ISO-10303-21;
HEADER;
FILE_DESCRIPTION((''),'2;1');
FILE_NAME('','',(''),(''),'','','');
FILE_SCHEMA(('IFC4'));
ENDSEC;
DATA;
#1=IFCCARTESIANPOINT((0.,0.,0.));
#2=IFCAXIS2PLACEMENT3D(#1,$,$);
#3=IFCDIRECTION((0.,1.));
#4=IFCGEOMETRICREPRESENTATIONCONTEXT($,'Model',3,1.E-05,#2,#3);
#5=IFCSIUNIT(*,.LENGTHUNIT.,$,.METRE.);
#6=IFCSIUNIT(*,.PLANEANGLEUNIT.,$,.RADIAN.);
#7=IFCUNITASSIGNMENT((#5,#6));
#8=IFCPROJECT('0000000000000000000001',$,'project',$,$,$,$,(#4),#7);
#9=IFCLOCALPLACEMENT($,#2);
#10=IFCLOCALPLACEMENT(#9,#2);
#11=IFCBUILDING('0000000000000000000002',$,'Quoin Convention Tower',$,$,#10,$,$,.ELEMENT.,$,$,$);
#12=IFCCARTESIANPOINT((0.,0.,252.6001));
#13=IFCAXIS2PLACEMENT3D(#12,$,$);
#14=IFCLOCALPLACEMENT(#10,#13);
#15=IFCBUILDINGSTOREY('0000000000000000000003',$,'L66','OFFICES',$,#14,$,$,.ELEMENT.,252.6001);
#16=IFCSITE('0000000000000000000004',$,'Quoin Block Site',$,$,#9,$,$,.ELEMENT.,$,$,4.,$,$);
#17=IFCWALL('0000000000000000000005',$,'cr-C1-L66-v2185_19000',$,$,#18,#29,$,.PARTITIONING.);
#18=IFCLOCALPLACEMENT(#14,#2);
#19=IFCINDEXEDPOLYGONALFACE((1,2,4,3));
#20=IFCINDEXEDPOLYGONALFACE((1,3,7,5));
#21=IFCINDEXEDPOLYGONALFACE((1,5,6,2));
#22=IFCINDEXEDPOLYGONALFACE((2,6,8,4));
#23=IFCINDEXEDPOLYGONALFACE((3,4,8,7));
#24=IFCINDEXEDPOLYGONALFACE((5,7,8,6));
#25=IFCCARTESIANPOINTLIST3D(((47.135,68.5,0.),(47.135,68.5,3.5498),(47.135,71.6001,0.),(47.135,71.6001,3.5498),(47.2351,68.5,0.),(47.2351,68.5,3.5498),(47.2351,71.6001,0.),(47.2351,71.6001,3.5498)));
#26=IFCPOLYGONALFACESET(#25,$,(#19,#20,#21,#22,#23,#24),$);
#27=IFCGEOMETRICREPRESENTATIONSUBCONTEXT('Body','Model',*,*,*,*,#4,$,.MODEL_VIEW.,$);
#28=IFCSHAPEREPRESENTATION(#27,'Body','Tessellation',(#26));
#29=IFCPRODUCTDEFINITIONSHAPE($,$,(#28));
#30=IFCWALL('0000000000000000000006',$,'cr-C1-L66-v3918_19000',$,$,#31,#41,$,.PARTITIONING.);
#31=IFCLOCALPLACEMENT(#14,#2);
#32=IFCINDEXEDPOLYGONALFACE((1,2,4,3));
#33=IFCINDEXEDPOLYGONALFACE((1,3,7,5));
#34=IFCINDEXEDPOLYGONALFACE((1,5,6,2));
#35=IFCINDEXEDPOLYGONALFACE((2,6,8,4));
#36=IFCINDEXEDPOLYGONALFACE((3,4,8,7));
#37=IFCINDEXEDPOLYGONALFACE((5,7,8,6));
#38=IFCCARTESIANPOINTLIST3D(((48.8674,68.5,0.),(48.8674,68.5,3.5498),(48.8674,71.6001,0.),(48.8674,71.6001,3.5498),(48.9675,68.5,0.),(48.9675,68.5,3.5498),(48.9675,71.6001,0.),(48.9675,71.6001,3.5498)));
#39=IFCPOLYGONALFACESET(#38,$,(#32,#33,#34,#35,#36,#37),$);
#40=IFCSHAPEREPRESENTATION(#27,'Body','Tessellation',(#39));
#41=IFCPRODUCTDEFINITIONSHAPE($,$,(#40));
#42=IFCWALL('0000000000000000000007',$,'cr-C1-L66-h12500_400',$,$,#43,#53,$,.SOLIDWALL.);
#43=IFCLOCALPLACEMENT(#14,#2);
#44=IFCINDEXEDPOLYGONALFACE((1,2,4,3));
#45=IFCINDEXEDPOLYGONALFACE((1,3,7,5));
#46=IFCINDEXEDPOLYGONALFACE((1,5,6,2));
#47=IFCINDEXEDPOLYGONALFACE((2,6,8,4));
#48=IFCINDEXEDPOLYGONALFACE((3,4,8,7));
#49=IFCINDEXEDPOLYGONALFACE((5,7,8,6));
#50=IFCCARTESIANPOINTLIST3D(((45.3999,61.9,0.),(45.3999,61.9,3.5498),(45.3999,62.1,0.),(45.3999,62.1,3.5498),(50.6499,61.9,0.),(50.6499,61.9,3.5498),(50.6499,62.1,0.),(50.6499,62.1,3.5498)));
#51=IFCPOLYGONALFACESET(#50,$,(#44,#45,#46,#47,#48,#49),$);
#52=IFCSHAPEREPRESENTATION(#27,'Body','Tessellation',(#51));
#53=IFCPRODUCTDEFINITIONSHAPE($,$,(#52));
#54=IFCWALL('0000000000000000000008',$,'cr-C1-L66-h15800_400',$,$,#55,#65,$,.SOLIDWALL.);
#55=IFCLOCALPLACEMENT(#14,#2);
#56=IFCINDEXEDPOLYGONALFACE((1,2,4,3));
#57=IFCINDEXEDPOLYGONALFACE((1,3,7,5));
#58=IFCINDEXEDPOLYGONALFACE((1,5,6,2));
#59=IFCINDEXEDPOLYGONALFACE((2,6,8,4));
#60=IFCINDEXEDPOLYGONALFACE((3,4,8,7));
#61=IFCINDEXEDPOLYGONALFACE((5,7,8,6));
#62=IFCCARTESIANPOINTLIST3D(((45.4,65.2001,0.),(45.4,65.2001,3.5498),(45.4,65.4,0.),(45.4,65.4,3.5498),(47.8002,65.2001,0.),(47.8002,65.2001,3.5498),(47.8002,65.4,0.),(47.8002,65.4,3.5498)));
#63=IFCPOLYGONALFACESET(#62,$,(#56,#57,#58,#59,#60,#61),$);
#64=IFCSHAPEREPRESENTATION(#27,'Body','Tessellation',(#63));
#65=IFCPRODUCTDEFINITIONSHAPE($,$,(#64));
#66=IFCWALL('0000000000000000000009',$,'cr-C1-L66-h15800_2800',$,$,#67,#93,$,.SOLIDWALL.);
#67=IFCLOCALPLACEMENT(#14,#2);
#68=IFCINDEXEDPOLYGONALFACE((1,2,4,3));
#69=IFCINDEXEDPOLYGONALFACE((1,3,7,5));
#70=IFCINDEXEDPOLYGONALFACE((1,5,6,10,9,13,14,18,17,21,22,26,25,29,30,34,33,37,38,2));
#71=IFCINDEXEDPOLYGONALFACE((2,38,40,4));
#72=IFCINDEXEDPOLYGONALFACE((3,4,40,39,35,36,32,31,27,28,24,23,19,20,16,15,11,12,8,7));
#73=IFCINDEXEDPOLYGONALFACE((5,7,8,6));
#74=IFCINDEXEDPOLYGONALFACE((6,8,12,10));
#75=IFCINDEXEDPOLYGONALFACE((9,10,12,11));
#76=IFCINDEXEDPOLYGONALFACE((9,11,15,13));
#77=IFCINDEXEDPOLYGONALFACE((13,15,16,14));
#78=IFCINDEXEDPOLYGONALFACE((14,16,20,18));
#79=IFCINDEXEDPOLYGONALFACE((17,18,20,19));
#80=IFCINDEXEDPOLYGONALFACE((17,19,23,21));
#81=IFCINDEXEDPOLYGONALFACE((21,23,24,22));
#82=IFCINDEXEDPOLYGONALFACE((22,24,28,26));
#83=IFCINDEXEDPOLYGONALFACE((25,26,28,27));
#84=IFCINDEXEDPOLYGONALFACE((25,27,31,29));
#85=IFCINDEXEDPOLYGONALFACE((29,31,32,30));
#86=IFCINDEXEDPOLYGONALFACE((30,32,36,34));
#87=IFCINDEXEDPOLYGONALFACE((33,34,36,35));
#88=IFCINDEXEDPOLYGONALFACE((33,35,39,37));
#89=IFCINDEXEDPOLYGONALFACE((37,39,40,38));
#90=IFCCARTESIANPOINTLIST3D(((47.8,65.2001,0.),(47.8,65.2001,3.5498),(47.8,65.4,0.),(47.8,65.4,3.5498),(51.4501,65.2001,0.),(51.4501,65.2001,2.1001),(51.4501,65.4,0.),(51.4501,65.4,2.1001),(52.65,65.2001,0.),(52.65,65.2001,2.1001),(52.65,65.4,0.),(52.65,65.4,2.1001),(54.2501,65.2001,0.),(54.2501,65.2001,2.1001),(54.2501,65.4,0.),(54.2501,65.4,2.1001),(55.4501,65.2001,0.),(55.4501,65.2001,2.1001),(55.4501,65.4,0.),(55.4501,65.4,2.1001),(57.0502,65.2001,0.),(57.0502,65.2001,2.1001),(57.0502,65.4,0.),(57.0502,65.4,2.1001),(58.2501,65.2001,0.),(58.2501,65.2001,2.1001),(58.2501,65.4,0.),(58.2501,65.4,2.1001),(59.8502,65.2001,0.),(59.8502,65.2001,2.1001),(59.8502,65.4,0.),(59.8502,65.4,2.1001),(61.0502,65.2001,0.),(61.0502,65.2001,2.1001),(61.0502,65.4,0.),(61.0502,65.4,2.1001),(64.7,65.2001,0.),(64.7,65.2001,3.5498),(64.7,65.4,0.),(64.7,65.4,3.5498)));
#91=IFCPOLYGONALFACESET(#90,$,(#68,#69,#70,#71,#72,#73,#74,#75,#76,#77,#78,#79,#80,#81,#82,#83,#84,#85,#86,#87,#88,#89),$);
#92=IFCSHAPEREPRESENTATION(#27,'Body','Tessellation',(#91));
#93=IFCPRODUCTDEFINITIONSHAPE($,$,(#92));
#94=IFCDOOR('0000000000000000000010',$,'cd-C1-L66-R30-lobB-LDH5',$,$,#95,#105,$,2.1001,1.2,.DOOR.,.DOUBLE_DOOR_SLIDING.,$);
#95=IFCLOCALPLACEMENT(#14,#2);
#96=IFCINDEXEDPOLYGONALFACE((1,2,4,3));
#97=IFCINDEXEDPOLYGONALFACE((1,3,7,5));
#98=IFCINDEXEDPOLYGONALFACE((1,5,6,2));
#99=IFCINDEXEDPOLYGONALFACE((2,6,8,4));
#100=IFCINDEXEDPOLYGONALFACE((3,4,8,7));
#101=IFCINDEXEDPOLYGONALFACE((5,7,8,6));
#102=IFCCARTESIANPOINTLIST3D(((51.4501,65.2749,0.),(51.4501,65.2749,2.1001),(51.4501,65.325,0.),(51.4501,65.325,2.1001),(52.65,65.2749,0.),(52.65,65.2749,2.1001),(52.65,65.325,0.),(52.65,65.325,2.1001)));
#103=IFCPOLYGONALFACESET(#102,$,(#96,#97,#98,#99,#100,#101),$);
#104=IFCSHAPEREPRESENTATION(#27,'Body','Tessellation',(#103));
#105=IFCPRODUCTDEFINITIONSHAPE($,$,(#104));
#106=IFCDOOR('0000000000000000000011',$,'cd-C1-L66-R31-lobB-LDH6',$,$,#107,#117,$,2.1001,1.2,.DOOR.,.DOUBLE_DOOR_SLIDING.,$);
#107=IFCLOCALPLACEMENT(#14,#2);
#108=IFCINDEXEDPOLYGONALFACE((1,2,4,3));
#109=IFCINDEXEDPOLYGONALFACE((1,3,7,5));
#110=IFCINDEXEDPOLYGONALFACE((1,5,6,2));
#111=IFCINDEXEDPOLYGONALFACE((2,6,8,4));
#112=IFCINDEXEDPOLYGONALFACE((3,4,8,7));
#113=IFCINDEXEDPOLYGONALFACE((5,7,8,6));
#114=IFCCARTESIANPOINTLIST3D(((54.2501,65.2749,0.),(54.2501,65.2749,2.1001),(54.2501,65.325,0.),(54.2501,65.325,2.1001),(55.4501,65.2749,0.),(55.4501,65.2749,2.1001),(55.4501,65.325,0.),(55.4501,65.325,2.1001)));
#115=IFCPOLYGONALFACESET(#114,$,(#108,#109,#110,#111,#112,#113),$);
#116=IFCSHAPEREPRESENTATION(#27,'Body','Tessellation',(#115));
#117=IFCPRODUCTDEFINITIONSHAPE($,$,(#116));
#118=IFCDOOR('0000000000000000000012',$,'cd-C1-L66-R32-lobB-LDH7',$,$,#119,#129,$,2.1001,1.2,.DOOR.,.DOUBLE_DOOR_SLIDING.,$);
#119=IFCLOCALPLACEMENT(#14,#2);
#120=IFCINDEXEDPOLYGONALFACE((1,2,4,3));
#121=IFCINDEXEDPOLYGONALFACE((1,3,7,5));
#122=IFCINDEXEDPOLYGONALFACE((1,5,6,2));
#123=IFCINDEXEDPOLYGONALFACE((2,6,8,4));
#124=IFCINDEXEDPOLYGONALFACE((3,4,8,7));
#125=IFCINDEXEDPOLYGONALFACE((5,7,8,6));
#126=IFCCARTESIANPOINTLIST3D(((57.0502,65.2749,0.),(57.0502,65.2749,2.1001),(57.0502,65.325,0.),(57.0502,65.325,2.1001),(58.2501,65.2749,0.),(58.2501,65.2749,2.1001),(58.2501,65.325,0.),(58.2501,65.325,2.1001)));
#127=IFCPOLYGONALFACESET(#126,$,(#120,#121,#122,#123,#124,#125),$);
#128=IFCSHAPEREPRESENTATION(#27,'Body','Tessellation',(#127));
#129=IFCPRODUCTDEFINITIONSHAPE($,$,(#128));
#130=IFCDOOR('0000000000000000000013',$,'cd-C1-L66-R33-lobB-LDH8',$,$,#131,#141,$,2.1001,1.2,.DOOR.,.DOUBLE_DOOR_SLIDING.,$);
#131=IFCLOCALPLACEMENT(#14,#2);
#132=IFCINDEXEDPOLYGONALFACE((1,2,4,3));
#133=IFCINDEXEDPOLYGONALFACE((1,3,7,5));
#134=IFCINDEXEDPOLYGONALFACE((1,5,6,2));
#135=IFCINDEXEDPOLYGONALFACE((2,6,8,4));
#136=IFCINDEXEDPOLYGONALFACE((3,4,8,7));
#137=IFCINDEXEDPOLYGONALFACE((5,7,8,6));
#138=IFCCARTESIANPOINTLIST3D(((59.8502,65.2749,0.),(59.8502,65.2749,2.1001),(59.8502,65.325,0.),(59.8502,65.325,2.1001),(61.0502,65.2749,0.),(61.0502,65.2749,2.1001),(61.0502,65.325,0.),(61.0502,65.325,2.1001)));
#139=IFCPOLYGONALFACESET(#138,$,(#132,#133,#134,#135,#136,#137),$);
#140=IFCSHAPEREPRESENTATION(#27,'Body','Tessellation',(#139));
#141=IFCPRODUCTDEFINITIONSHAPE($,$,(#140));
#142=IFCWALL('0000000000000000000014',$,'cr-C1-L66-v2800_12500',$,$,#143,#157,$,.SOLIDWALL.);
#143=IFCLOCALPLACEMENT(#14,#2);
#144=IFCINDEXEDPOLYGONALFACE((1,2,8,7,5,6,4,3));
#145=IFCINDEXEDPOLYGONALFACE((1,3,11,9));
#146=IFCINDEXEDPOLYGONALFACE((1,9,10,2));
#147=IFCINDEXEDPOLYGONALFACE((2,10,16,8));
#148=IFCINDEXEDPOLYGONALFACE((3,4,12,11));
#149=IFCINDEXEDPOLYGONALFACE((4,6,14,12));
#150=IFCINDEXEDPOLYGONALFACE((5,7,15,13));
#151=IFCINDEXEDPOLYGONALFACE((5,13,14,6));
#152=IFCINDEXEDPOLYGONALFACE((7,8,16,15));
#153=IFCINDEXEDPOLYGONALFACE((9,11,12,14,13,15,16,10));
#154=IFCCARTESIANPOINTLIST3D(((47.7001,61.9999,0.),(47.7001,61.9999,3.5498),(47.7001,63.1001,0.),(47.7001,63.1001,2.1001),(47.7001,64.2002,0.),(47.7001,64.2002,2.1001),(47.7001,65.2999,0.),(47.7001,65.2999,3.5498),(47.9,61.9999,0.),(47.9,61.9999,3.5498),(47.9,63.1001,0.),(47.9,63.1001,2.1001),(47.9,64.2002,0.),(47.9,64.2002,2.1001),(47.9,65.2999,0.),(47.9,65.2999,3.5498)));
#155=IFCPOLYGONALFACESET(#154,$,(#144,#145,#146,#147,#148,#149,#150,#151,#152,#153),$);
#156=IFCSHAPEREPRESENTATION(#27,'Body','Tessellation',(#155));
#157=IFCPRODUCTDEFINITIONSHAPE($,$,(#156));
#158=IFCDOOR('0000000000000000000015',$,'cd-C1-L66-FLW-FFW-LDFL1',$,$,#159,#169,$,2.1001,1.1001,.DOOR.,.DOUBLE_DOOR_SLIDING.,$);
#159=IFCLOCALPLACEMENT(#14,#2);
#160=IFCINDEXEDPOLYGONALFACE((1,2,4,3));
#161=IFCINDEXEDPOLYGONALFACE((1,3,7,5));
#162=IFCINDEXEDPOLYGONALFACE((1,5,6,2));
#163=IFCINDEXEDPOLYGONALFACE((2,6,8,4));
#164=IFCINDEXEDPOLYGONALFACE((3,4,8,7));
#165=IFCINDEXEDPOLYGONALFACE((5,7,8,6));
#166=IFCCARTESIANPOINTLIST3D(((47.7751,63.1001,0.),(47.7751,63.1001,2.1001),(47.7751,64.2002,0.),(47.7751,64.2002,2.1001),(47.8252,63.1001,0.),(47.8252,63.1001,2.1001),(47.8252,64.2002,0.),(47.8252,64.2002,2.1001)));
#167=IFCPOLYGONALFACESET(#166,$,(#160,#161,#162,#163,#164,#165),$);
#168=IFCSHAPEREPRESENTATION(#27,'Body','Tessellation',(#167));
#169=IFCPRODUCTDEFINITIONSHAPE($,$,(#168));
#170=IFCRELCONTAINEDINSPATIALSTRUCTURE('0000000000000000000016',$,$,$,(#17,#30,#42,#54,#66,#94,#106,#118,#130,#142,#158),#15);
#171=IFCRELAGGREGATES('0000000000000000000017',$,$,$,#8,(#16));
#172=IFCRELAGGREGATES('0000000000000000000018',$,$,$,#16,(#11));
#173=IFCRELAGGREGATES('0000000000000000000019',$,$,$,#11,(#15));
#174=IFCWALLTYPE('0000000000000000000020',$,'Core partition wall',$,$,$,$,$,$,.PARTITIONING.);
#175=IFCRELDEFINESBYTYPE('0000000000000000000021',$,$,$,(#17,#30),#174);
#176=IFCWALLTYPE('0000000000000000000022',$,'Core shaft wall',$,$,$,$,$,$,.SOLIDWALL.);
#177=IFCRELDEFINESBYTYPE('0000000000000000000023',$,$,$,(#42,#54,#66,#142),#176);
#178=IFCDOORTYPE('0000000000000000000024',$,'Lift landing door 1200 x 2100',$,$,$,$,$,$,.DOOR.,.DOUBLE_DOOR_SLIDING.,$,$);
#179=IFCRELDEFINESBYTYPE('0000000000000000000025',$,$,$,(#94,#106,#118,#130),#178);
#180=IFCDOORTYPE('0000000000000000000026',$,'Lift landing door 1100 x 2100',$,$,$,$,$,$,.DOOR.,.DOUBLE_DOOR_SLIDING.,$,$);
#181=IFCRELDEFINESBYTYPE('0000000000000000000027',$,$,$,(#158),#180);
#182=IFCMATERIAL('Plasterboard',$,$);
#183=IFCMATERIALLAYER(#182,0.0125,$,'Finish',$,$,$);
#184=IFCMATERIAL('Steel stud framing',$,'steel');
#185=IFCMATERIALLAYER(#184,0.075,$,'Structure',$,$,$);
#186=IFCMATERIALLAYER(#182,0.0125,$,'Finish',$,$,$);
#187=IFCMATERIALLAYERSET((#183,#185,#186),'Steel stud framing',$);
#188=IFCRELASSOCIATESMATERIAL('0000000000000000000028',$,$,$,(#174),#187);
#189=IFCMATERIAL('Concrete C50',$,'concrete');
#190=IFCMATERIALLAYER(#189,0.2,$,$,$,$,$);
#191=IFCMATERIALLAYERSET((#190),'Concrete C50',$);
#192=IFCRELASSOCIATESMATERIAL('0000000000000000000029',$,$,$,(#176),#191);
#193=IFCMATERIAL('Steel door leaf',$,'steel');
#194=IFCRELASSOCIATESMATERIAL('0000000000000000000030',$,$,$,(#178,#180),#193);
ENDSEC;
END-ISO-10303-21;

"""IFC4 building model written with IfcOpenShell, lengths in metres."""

from ifc_helpers import new_model, si_unit, direction, frame, frame_2d, origin, place, context, subcontext, project, spatial, rectangle, extrude, material, layer, layer_set, type_object, element, fill, save


model = new_model("IFC4")

# Units and contexts
model_context = context("Model", 3, precision=1e-05, world=origin(), true_north=direction((0.0, 1.0)))
body_context = subcontext(model_context, "Body", "Model", "MODEL_VIEW")
ifc_project = project(units=[si_unit("LENGTHUNIT", "METRE"), si_unit("PLANEANGLEUNIT", "RADIAN")], contexts=[model_context])

# Site, building, storey
site_placement = place(None, origin())
site = spatial("IfcSite", under=ifc_project, at=site_placement, Name="Quoin Block Site", CompositionType="ELEMENT", RefElevation=4.0)
building_placement = place(site_placement, origin())
building = spatial("IfcBuilding", under=site, at=building_placement, Name="Quoin Convention Tower", CompositionType="ELEMENT")
storey_placement = place(building_placement, frame((0.0, 0.0, 252.6001)))
storey = spatial("IfcBuildingStorey", under=building, at=storey_placement, Name="L66", Description="OFFICES", CompositionType="ELEMENT", Elevation=252.6001)

# Shared definitions
ifc_material_1 = material(Name="Plasterboard")
ifc_layer_1 = layer(ifc_material_1, 0.0125, Name="Finish")
ifc_material_2 = material(Name="Steel stud framing", Category="steel")
ifc_layer_2 = layer(ifc_material_2, 0.075, Name="Structure")
ifc_layer_3 = layer(ifc_material_1, 0.0125, Name="Finish")
ifc_layer_set_1 = layer_set([ifc_layer_1, ifc_layer_2, ifc_layer_3], Name="Steel stud framing")
wall_type_1 = type_object("IfcWallType", Name="Core partition wall", PredefinedType="PARTITIONING", material=ifc_layer_set_1)
ifc_material_3 = material(Name="Steel door leaf", Category="steel")

# Walls
for number, where, z_axis, x_axis, name in (
    (1, (47.1851, 68.5, 0.0), (0.0, 0.0, 1.0), (0.0, 1.0, 0.0), "cr-C1-L66-v2185_19000"),
    (2, (48.9175, 68.5, 0.0), (0.0, 0.0, 1.0), (0.0, 1.0, 0.0), "cr-C1-L66-v3918_19000"),
):
    element("IfcWall", number, at=place(storey_placement, frame(where, z_axis=z_axis, x_axis=x_axis)), inside=storey, type_object=wall_type_1, Name=name, PredefinedType="PARTITIONING", context=body_context, shape_type="SweptSolid", body=[
        extrude(rectangle(XDim=3.1001, YDim=0.1001, at=frame_2d((1.55, 0.0))), origin(), (0.0, 0.0, 1.0), 3.5498),
    ])
ifc_material_4 = material(Name="Concrete C50", Category="concrete")
ifc_layer_4 = layer(ifc_material_4, 0.2)
ifc_layer_set_2 = layer_set([ifc_layer_4], Name="Concrete C50")
wall_type_2 = type_object("IfcWallType", Name="Core shaft wall", PredefinedType="SOLIDWALL", material=ifc_layer_set_2)
wall_1_placement = place(storey_placement, frame((45.3999, 62.0, 0.0), z_axis=(0.0, 0.0, 1.0), x_axis=(1.0, 0.0, 0.0)))
element("IfcWall", 3, at=wall_1_placement, inside=storey, type_object=wall_type_2, Name="cr-C1-L66-h12500_400", PredefinedType="SOLIDWALL", context=body_context, shape_type="SweptSolid", body=[
    extrude(rectangle(XDim=5.25, YDim=0.2, at=frame_2d((2.625, 0.0))), origin(), (0.0, 0.0, 1.0), 3.5498),
])
wall_2_placement = place(storey_placement, frame((45.3999, 65.3, 0.0), z_axis=(0.0, 0.0, 1.0), x_axis=(1.0, 0.0, 0.0)))
element("IfcWall", 4, at=wall_2_placement, inside=storey, type_object=wall_type_2, Name="cr-C1-L66-h15800_400", PredefinedType="SOLIDWALL", context=body_context, shape_type="SweptSolid", body=[
    extrude(rectangle(XDim=2.4001, YDim=0.2, at=frame_2d((1.2002, 0.0))), origin(), (0.0, 0.0, 1.0), 3.5498),
])

# Wall, openings, doors
wall_3_placement = place(storey_placement, frame((47.8, 65.3, 0.0), z_axis=(0.0, 0.0, 1.0), x_axis=(1.0, 0.0, 0.0)))
wall_3 = element("IfcWall", 5, at=wall_3_placement, inside=storey, type_object=wall_type_2, Name="cr-C1-L66-h15800_2800", PredefinedType="SOLIDWALL", context=body_context, shape_type="SweptSolid", body=[
    extrude(rectangle(XDim=16.8999, YDim=0.2, at=frame_2d((8.45, 0.0))), origin(), (0.0, 0.0, 1.0), 3.5498),
])
opening_1_placement = place(wall_3_placement, frame((3.6499, 0.0, 0.0)))
opening_1 = element("IfcOpeningElement", 6, at=opening_1_placement, cuts=wall_3, PredefinedType="OPENING", context=body_context, shape_type="SweptSolid", body=[
    extrude(rectangle(XDim=1.2, YDim=2.1001, at=frame_2d((0.6001, 1.05))), frame((0.0, 0.1099, 0.0), z_axis=(0.0, -1.0, 0.0), x_axis=(1.0, 0.0, 0.0)), (0.0, 0.0, 1.0), 0.22),
])
opening_2_placement = place(wall_3_placement, frame((6.45, 0.0, 0.0)))
opening_2 = element("IfcOpeningElement", 7, at=opening_2_placement, cuts=wall_3, PredefinedType="OPENING", context=body_context, shape_type="SweptSolid", body=[
    extrude(rectangle(XDim=1.2, YDim=2.1001, at=frame_2d((0.6001, 1.05))), frame((0.0, 0.1099, 0.0), z_axis=(0.0, -1.0, 0.0), x_axis=(1.0, 0.0, 0.0)), (0.0, 0.0, 1.0), 0.22),
])
opening_3_placement = place(wall_3_placement, frame((9.25, 0.0, 0.0)))
opening_3 = element("IfcOpeningElement", 8, at=opening_3_placement, cuts=wall_3, PredefinedType="OPENING", context=body_context, shape_type="SweptSolid", body=[
    extrude(rectangle(XDim=1.2, YDim=2.1001, at=frame_2d((0.6001, 1.05))), frame((0.0, 0.1099, 0.0), z_axis=(0.0, -1.0, 0.0), x_axis=(1.0, 0.0, 0.0)), (0.0, 0.0, 1.0), 0.22),
])
opening_4_placement = place(wall_3_placement, frame((12.05, 0.0, 0.0)))
opening_4 = element("IfcOpeningElement", 9, at=opening_4_placement, cuts=wall_3, PredefinedType="OPENING", context=body_context, shape_type="SweptSolid", body=[
    extrude(rectangle(XDim=1.2, YDim=2.1001, at=frame_2d((0.6001, 1.05))), frame((0.0, 0.1099, 0.0), z_axis=(0.0, -1.0, 0.0), x_axis=(1.0, 0.0, 0.0)), (0.0, 0.0, 1.0), 0.22),
])
door_type_1 = type_object("IfcDoorType", Name="Lift landing door 1200 x 2100", OperationType="DOUBLE_DOOR_SLIDING", PredefinedType="DOOR", material=ifc_material_3)
door_1_placement = place(opening_1_placement, origin())
door_1 = element("IfcDoor", 10, at=door_1_placement, inside=storey, type_object=door_type_1, Name="cd-C1-L66-R30-lobB-LDH5", OperationType="DOUBLE_DOOR_SLIDING", OverallHeight=2.1001, OverallWidth=1.2, PredefinedType="DOOR", context=body_context, shape_type="SweptSolid", body=[
    extrude(rectangle(XDim=1.2, YDim=2.1001, at=frame_2d((0.6001, 1.05))), frame((0.0, 0.0249, 0.0), z_axis=(0.0, -1.0, 0.0), x_axis=(1.0, 0.0, 0.0)), (0.0, 0.0, 1.0), 0.05),
])
fill(opening_1, door_1)
door_2_placement = place(opening_2_placement, origin())
door_2 = element("IfcDoor", 11, at=door_2_placement, inside=storey, type_object=door_type_1, Name="cd-C1-L66-R31-lobB-LDH6", OperationType="DOUBLE_DOOR_SLIDING", OverallHeight=2.1001, OverallWidth=1.2, PredefinedType="DOOR", context=body_context, shape_type="SweptSolid", body=[
    extrude(rectangle(XDim=1.2, YDim=2.1001, at=frame_2d((0.6001, 1.05))), frame((0.0, 0.0249, 0.0), z_axis=(0.0, -1.0, 0.0), x_axis=(1.0, 0.0, 0.0)), (0.0, 0.0, 1.0), 0.05),
])
fill(opening_2, door_2)
door_3_placement = place(opening_3_placement, origin())
door_3 = element("IfcDoor", 12, at=door_3_placement, inside=storey, type_object=door_type_1, Name="cd-C1-L66-R32-lobB-LDH7", OperationType="DOUBLE_DOOR_SLIDING", OverallHeight=2.1001, OverallWidth=1.2, PredefinedType="DOOR", context=body_context, shape_type="SweptSolid", body=[
    extrude(rectangle(XDim=1.2, YDim=2.1001, at=frame_2d((0.6001, 1.05))), frame((0.0, 0.0249, 0.0), z_axis=(0.0, -1.0, 0.0), x_axis=(1.0, 0.0, 0.0)), (0.0, 0.0, 1.0), 0.05),
])
fill(opening_3, door_3)
door_4_placement = place(opening_4_placement, origin())
door_4 = element("IfcDoor", 13, at=door_4_placement, inside=storey, type_object=door_type_1, Name="cd-C1-L66-R33-lobB-LDH8", OperationType="DOUBLE_DOOR_SLIDING", OverallHeight=2.1001, OverallWidth=1.2, PredefinedType="DOOR", context=body_context, shape_type="SweptSolid", body=[
    extrude(rectangle(XDim=1.2, YDim=2.1001, at=frame_2d((0.6001, 1.05))), frame((0.0, 0.0249, 0.0), z_axis=(0.0, -1.0, 0.0), x_axis=(1.0, 0.0, 0.0)), (0.0, 0.0, 1.0), 0.05),
])
fill(opening_4, door_4)

# Wall, opening, door
wall_4_placement = place(storey_placement, frame((47.8, 62.0, 0.0), z_axis=(0.0, 0.0, 1.0), x_axis=(0.0, 1.0, 0.0)))
wall_4 = element("IfcWall", 14, at=wall_4_placement, inside=storey, type_object=wall_type_2, Name="cr-C1-L66-v2800_12500", PredefinedType="SOLIDWALL", context=body_context, shape_type="SweptSolid", body=[
    extrude(rectangle(XDim=3.3, YDim=0.2, at=frame_2d((1.6499, 0.0))), origin(), (0.0, 0.0, 1.0), 3.5498),
])
opening_5_placement = place(wall_4_placement, frame((1.1001, 0.0, 0.0)))
opening_5 = element("IfcOpeningElement", 15, at=opening_5_placement, cuts=wall_4, PredefinedType="OPENING", context=body_context, shape_type="SweptSolid", body=[
    extrude(rectangle(XDim=1.1001, YDim=2.1001, at=frame_2d((0.55, 1.05))), frame((0.0, 0.1099, 0.0), z_axis=(0.0, -1.0, 0.0), x_axis=(1.0, 0.0, 0.0)), (0.0, 0.0, 1.0), 0.22),
])
door_type_2 = type_object("IfcDoorType", Name="Lift landing door 1100 x 2100", OperationType="DOUBLE_DOOR_SLIDING", PredefinedType="DOOR", material=ifc_material_3)
door_5_placement = place(opening_5_placement, origin())
door_5 = element("IfcDoor", 16, at=door_5_placement, inside=storey, type_object=door_type_2, Name="cd-C1-L66-FLW-FFW-LDFL1", OperationType="DOUBLE_DOOR_SLIDING", OverallHeight=2.1001, OverallWidth=1.1001, PredefinedType="DOOR", context=body_context, shape_type="SweptSolid", body=[
    extrude(rectangle(XDim=1.1001, YDim=2.1001, at=frame_2d((0.55, 1.05))), frame((0.0, 0.0249, 0.0), z_axis=(0.0, -1.0, 0.0), x_axis=(1.0, 0.0, 0.0)), (0.0, 0.0, 1.0), 0.05),
])
fill(opening_5, door_5)

save(model, "model.ifc")
